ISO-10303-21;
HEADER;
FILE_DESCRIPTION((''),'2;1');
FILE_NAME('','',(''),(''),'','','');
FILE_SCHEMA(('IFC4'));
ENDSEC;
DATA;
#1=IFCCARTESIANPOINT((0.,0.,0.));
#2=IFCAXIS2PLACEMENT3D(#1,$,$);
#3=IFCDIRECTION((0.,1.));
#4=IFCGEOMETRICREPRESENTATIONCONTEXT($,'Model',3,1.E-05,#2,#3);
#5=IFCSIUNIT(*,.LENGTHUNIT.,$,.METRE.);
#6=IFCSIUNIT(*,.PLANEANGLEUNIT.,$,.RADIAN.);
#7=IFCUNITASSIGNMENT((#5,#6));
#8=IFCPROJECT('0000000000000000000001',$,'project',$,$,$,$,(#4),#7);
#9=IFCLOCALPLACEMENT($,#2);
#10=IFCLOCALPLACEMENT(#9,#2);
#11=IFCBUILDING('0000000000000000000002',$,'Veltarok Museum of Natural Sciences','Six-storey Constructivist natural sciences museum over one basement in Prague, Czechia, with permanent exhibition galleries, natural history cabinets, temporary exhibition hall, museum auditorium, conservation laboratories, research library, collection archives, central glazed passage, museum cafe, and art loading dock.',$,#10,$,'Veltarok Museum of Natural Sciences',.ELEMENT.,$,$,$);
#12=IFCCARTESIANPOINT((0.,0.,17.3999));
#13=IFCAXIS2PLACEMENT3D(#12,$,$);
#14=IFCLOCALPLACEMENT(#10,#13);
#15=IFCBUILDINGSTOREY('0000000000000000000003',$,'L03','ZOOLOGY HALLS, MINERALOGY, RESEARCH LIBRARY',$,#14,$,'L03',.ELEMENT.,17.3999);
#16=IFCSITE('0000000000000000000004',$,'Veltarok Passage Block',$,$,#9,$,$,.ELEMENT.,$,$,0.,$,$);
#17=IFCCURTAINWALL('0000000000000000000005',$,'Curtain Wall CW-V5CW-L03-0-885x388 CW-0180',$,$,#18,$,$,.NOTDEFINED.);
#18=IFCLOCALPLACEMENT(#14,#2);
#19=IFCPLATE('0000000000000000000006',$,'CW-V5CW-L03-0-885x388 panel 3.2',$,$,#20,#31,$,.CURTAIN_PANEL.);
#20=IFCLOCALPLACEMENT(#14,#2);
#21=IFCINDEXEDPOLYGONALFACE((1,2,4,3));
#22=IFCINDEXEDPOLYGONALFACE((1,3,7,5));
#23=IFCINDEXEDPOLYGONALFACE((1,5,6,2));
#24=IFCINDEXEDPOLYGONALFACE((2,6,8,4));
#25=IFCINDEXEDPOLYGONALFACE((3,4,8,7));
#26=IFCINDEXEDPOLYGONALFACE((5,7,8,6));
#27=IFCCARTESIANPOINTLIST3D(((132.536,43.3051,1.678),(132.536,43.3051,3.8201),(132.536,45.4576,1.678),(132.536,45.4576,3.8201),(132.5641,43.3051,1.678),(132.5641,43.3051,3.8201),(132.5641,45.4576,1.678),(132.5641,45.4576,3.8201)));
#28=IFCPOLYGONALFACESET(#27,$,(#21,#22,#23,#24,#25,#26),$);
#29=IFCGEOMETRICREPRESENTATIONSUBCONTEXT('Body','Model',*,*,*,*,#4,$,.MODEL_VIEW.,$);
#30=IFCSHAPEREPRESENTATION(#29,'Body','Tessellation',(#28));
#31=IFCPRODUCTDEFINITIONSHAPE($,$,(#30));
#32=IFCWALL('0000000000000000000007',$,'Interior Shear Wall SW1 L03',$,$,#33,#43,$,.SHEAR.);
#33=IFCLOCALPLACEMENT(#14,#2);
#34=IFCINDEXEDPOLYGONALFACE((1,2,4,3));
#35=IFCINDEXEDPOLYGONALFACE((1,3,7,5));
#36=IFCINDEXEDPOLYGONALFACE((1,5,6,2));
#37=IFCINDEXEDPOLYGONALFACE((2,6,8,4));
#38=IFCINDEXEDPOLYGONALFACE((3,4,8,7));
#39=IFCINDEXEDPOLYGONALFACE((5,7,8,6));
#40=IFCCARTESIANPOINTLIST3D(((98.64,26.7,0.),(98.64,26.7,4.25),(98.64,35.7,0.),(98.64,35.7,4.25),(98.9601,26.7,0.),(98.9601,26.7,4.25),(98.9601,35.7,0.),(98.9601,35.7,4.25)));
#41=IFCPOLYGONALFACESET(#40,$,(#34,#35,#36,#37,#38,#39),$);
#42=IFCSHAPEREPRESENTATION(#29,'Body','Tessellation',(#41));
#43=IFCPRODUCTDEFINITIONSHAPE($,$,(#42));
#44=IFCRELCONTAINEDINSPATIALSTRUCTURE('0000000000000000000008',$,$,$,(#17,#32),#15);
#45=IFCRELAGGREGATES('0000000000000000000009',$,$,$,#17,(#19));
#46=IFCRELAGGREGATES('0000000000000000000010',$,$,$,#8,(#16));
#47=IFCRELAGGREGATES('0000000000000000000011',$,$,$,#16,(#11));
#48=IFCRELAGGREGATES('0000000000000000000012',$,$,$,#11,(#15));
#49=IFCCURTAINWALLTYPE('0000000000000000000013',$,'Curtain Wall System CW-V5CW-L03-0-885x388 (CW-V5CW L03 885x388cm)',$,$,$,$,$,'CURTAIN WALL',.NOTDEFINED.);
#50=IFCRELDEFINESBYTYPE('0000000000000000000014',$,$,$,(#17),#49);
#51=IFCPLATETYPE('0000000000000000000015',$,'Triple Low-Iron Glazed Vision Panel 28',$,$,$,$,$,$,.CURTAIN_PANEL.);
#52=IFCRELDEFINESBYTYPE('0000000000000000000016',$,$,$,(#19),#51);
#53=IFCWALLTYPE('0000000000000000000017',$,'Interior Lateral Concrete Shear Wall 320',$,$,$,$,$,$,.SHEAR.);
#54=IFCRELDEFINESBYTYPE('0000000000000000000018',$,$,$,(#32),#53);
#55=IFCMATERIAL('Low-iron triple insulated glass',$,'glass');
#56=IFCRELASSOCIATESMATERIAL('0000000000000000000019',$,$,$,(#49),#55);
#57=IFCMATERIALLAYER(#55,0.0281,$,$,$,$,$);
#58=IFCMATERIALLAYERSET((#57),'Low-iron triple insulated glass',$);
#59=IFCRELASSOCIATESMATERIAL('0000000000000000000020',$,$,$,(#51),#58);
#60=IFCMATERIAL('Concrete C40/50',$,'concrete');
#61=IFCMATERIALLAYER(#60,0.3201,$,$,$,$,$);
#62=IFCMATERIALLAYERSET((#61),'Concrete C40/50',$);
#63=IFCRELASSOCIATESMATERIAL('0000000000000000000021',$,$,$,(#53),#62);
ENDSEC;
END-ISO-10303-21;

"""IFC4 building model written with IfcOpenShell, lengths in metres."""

from ifc_helpers import new_model, si_unit, direction, frame, frame_2d, origin, origin_2d, place, context, subcontext, project, spatial, rectangle, extrude, material, layer, layer_set, type_object, element, aggregate, save


model = new_model("IFC4")

# Units and contexts
model_context = context("Model", 3, precision=1e-05, world=origin(), true_north=direction((0.0, 1.0)))
body_context = subcontext(model_context, "Body", "Model", "MODEL_VIEW")
ifc_project = project(units=[si_unit("LENGTHUNIT", "METRE"), si_unit("PLANEANGLEUNIT", "RADIAN")], contexts=[model_context])

# Site, building, storey
site_placement = place(None, origin())
site = spatial("IfcSite", under=ifc_project, at=site_placement, Name="Veltarok Passage Block", CompositionType="ELEMENT", RefElevation=0.0)
building_placement = place(site_placement, origin())
building = spatial("IfcBuilding", under=site, at=building_placement, Name="Veltarok Museum of Natural Sciences", Description="Six-storey Constructivist natural sciences museum over one basement in Prague, Czechia, with permanent exhibition galleries, natural history cabinets, temporary exhibition hall, museum auditorium, conservation laboratories, research library, collection archives, central glazed passage, museum cafe, and art loading dock.", LongName="Veltarok Museum of Natural Sciences", CompositionType="ELEMENT")
storey_placement = place(building_placement, frame((0.0, 0.0, 17.3999)))
storey = spatial("IfcBuildingStorey", under=building, at=storey_placement, Name="L03", Description="ZOOLOGY HALLS, MINERALOGY, RESEARCH LIBRARY", LongName="L03", CompositionType="ELEMENT", Elevation=17.3999)

# Curtain wall
ifc_material_1 = material(Name="Low-iron triple insulated glass", Category="glass")
curtain_wall_type = type_object("IfcCurtainWallType", Name="Curtain Wall System CW-V5CW-L03-0-885x388 (CW-V5CW L03 885x388cm)", ElementType="CURTAIN WALL", PredefinedType="NOTDEFINED", material=ifc_material_1)
curtain_wall_placement = place(storey_placement, origin())
curtain_wall = element("IfcCurtainWall", 1, at=curtain_wall_placement, inside=storey, type_object=curtain_wall_type, Name="Curtain Wall CW-V5CW-L03-0-885x388 CW-0180", PredefinedType="NOTDEFINED")

# Plate
ifc_layer_1 = layer(ifc_material_1, 0.0281)
ifc_layer_set_1 = layer_set([ifc_layer_1], Name="Low-iron triple insulated glass")
plate_type_1 = type_object("IfcPlateType", Name="Triple Low-Iron Glazed Vision Panel 28", PredefinedType="CURTAIN_PANEL", material=ifc_layer_set_1)
plate_1_placement = place(storey_placement, frame((132.55, 44.3813, 1.678), z_axis=(0.0, 0.0, 1.0), x_axis=(0.0, 1.0, 0.0)))
plate_1 = element("IfcPlate", 2, at=plate_1_placement, type_object=plate_type_1, Name="CW-V5CW-L03-0-885x388 panel 3.2", PredefinedType="CURTAIN_PANEL", context=body_context, shape_type="SweptSolid", body=[
    extrude(rectangle(XDim=2.1526, YDim=0.0281, at=origin_2d()), origin(), (0.0, 0.0, 1.0), 2.1421),
])
aggregate(curtain_wall, [plate_1])

# Wall
ifc_material_2 = material(Name="Concrete C40/50", Category="concrete")
ifc_layer_2 = layer(ifc_material_2, 0.3201)
ifc_layer_set_2 = layer_set([ifc_layer_2], Name="Concrete C40/50")
wall_type = type_object("IfcWallType", Name="Interior Lateral Concrete Shear Wall 320", PredefinedType="SHEAR", material=ifc_layer_set_2)
wall_placement = place(storey_placement, frame((98.8, 26.7, 0.0), z_axis=(0.0, 0.0, 1.0), x_axis=(0.0, 1.0, 0.0)))
element("IfcWall", 3, at=wall_placement, inside=storey, type_object=wall_type, Name="Interior Shear Wall SW1 L03", PredefinedType="SHEAR", context=body_context, shape_type="SweptSolid", body=[
    extrude(rectangle(XDim=9.0, YDim=0.3201, at=frame_2d((4.5, 0.0))), origin(), (0.0, 0.0, 1.0), 4.25),
])

save(model, "model.ifc")
